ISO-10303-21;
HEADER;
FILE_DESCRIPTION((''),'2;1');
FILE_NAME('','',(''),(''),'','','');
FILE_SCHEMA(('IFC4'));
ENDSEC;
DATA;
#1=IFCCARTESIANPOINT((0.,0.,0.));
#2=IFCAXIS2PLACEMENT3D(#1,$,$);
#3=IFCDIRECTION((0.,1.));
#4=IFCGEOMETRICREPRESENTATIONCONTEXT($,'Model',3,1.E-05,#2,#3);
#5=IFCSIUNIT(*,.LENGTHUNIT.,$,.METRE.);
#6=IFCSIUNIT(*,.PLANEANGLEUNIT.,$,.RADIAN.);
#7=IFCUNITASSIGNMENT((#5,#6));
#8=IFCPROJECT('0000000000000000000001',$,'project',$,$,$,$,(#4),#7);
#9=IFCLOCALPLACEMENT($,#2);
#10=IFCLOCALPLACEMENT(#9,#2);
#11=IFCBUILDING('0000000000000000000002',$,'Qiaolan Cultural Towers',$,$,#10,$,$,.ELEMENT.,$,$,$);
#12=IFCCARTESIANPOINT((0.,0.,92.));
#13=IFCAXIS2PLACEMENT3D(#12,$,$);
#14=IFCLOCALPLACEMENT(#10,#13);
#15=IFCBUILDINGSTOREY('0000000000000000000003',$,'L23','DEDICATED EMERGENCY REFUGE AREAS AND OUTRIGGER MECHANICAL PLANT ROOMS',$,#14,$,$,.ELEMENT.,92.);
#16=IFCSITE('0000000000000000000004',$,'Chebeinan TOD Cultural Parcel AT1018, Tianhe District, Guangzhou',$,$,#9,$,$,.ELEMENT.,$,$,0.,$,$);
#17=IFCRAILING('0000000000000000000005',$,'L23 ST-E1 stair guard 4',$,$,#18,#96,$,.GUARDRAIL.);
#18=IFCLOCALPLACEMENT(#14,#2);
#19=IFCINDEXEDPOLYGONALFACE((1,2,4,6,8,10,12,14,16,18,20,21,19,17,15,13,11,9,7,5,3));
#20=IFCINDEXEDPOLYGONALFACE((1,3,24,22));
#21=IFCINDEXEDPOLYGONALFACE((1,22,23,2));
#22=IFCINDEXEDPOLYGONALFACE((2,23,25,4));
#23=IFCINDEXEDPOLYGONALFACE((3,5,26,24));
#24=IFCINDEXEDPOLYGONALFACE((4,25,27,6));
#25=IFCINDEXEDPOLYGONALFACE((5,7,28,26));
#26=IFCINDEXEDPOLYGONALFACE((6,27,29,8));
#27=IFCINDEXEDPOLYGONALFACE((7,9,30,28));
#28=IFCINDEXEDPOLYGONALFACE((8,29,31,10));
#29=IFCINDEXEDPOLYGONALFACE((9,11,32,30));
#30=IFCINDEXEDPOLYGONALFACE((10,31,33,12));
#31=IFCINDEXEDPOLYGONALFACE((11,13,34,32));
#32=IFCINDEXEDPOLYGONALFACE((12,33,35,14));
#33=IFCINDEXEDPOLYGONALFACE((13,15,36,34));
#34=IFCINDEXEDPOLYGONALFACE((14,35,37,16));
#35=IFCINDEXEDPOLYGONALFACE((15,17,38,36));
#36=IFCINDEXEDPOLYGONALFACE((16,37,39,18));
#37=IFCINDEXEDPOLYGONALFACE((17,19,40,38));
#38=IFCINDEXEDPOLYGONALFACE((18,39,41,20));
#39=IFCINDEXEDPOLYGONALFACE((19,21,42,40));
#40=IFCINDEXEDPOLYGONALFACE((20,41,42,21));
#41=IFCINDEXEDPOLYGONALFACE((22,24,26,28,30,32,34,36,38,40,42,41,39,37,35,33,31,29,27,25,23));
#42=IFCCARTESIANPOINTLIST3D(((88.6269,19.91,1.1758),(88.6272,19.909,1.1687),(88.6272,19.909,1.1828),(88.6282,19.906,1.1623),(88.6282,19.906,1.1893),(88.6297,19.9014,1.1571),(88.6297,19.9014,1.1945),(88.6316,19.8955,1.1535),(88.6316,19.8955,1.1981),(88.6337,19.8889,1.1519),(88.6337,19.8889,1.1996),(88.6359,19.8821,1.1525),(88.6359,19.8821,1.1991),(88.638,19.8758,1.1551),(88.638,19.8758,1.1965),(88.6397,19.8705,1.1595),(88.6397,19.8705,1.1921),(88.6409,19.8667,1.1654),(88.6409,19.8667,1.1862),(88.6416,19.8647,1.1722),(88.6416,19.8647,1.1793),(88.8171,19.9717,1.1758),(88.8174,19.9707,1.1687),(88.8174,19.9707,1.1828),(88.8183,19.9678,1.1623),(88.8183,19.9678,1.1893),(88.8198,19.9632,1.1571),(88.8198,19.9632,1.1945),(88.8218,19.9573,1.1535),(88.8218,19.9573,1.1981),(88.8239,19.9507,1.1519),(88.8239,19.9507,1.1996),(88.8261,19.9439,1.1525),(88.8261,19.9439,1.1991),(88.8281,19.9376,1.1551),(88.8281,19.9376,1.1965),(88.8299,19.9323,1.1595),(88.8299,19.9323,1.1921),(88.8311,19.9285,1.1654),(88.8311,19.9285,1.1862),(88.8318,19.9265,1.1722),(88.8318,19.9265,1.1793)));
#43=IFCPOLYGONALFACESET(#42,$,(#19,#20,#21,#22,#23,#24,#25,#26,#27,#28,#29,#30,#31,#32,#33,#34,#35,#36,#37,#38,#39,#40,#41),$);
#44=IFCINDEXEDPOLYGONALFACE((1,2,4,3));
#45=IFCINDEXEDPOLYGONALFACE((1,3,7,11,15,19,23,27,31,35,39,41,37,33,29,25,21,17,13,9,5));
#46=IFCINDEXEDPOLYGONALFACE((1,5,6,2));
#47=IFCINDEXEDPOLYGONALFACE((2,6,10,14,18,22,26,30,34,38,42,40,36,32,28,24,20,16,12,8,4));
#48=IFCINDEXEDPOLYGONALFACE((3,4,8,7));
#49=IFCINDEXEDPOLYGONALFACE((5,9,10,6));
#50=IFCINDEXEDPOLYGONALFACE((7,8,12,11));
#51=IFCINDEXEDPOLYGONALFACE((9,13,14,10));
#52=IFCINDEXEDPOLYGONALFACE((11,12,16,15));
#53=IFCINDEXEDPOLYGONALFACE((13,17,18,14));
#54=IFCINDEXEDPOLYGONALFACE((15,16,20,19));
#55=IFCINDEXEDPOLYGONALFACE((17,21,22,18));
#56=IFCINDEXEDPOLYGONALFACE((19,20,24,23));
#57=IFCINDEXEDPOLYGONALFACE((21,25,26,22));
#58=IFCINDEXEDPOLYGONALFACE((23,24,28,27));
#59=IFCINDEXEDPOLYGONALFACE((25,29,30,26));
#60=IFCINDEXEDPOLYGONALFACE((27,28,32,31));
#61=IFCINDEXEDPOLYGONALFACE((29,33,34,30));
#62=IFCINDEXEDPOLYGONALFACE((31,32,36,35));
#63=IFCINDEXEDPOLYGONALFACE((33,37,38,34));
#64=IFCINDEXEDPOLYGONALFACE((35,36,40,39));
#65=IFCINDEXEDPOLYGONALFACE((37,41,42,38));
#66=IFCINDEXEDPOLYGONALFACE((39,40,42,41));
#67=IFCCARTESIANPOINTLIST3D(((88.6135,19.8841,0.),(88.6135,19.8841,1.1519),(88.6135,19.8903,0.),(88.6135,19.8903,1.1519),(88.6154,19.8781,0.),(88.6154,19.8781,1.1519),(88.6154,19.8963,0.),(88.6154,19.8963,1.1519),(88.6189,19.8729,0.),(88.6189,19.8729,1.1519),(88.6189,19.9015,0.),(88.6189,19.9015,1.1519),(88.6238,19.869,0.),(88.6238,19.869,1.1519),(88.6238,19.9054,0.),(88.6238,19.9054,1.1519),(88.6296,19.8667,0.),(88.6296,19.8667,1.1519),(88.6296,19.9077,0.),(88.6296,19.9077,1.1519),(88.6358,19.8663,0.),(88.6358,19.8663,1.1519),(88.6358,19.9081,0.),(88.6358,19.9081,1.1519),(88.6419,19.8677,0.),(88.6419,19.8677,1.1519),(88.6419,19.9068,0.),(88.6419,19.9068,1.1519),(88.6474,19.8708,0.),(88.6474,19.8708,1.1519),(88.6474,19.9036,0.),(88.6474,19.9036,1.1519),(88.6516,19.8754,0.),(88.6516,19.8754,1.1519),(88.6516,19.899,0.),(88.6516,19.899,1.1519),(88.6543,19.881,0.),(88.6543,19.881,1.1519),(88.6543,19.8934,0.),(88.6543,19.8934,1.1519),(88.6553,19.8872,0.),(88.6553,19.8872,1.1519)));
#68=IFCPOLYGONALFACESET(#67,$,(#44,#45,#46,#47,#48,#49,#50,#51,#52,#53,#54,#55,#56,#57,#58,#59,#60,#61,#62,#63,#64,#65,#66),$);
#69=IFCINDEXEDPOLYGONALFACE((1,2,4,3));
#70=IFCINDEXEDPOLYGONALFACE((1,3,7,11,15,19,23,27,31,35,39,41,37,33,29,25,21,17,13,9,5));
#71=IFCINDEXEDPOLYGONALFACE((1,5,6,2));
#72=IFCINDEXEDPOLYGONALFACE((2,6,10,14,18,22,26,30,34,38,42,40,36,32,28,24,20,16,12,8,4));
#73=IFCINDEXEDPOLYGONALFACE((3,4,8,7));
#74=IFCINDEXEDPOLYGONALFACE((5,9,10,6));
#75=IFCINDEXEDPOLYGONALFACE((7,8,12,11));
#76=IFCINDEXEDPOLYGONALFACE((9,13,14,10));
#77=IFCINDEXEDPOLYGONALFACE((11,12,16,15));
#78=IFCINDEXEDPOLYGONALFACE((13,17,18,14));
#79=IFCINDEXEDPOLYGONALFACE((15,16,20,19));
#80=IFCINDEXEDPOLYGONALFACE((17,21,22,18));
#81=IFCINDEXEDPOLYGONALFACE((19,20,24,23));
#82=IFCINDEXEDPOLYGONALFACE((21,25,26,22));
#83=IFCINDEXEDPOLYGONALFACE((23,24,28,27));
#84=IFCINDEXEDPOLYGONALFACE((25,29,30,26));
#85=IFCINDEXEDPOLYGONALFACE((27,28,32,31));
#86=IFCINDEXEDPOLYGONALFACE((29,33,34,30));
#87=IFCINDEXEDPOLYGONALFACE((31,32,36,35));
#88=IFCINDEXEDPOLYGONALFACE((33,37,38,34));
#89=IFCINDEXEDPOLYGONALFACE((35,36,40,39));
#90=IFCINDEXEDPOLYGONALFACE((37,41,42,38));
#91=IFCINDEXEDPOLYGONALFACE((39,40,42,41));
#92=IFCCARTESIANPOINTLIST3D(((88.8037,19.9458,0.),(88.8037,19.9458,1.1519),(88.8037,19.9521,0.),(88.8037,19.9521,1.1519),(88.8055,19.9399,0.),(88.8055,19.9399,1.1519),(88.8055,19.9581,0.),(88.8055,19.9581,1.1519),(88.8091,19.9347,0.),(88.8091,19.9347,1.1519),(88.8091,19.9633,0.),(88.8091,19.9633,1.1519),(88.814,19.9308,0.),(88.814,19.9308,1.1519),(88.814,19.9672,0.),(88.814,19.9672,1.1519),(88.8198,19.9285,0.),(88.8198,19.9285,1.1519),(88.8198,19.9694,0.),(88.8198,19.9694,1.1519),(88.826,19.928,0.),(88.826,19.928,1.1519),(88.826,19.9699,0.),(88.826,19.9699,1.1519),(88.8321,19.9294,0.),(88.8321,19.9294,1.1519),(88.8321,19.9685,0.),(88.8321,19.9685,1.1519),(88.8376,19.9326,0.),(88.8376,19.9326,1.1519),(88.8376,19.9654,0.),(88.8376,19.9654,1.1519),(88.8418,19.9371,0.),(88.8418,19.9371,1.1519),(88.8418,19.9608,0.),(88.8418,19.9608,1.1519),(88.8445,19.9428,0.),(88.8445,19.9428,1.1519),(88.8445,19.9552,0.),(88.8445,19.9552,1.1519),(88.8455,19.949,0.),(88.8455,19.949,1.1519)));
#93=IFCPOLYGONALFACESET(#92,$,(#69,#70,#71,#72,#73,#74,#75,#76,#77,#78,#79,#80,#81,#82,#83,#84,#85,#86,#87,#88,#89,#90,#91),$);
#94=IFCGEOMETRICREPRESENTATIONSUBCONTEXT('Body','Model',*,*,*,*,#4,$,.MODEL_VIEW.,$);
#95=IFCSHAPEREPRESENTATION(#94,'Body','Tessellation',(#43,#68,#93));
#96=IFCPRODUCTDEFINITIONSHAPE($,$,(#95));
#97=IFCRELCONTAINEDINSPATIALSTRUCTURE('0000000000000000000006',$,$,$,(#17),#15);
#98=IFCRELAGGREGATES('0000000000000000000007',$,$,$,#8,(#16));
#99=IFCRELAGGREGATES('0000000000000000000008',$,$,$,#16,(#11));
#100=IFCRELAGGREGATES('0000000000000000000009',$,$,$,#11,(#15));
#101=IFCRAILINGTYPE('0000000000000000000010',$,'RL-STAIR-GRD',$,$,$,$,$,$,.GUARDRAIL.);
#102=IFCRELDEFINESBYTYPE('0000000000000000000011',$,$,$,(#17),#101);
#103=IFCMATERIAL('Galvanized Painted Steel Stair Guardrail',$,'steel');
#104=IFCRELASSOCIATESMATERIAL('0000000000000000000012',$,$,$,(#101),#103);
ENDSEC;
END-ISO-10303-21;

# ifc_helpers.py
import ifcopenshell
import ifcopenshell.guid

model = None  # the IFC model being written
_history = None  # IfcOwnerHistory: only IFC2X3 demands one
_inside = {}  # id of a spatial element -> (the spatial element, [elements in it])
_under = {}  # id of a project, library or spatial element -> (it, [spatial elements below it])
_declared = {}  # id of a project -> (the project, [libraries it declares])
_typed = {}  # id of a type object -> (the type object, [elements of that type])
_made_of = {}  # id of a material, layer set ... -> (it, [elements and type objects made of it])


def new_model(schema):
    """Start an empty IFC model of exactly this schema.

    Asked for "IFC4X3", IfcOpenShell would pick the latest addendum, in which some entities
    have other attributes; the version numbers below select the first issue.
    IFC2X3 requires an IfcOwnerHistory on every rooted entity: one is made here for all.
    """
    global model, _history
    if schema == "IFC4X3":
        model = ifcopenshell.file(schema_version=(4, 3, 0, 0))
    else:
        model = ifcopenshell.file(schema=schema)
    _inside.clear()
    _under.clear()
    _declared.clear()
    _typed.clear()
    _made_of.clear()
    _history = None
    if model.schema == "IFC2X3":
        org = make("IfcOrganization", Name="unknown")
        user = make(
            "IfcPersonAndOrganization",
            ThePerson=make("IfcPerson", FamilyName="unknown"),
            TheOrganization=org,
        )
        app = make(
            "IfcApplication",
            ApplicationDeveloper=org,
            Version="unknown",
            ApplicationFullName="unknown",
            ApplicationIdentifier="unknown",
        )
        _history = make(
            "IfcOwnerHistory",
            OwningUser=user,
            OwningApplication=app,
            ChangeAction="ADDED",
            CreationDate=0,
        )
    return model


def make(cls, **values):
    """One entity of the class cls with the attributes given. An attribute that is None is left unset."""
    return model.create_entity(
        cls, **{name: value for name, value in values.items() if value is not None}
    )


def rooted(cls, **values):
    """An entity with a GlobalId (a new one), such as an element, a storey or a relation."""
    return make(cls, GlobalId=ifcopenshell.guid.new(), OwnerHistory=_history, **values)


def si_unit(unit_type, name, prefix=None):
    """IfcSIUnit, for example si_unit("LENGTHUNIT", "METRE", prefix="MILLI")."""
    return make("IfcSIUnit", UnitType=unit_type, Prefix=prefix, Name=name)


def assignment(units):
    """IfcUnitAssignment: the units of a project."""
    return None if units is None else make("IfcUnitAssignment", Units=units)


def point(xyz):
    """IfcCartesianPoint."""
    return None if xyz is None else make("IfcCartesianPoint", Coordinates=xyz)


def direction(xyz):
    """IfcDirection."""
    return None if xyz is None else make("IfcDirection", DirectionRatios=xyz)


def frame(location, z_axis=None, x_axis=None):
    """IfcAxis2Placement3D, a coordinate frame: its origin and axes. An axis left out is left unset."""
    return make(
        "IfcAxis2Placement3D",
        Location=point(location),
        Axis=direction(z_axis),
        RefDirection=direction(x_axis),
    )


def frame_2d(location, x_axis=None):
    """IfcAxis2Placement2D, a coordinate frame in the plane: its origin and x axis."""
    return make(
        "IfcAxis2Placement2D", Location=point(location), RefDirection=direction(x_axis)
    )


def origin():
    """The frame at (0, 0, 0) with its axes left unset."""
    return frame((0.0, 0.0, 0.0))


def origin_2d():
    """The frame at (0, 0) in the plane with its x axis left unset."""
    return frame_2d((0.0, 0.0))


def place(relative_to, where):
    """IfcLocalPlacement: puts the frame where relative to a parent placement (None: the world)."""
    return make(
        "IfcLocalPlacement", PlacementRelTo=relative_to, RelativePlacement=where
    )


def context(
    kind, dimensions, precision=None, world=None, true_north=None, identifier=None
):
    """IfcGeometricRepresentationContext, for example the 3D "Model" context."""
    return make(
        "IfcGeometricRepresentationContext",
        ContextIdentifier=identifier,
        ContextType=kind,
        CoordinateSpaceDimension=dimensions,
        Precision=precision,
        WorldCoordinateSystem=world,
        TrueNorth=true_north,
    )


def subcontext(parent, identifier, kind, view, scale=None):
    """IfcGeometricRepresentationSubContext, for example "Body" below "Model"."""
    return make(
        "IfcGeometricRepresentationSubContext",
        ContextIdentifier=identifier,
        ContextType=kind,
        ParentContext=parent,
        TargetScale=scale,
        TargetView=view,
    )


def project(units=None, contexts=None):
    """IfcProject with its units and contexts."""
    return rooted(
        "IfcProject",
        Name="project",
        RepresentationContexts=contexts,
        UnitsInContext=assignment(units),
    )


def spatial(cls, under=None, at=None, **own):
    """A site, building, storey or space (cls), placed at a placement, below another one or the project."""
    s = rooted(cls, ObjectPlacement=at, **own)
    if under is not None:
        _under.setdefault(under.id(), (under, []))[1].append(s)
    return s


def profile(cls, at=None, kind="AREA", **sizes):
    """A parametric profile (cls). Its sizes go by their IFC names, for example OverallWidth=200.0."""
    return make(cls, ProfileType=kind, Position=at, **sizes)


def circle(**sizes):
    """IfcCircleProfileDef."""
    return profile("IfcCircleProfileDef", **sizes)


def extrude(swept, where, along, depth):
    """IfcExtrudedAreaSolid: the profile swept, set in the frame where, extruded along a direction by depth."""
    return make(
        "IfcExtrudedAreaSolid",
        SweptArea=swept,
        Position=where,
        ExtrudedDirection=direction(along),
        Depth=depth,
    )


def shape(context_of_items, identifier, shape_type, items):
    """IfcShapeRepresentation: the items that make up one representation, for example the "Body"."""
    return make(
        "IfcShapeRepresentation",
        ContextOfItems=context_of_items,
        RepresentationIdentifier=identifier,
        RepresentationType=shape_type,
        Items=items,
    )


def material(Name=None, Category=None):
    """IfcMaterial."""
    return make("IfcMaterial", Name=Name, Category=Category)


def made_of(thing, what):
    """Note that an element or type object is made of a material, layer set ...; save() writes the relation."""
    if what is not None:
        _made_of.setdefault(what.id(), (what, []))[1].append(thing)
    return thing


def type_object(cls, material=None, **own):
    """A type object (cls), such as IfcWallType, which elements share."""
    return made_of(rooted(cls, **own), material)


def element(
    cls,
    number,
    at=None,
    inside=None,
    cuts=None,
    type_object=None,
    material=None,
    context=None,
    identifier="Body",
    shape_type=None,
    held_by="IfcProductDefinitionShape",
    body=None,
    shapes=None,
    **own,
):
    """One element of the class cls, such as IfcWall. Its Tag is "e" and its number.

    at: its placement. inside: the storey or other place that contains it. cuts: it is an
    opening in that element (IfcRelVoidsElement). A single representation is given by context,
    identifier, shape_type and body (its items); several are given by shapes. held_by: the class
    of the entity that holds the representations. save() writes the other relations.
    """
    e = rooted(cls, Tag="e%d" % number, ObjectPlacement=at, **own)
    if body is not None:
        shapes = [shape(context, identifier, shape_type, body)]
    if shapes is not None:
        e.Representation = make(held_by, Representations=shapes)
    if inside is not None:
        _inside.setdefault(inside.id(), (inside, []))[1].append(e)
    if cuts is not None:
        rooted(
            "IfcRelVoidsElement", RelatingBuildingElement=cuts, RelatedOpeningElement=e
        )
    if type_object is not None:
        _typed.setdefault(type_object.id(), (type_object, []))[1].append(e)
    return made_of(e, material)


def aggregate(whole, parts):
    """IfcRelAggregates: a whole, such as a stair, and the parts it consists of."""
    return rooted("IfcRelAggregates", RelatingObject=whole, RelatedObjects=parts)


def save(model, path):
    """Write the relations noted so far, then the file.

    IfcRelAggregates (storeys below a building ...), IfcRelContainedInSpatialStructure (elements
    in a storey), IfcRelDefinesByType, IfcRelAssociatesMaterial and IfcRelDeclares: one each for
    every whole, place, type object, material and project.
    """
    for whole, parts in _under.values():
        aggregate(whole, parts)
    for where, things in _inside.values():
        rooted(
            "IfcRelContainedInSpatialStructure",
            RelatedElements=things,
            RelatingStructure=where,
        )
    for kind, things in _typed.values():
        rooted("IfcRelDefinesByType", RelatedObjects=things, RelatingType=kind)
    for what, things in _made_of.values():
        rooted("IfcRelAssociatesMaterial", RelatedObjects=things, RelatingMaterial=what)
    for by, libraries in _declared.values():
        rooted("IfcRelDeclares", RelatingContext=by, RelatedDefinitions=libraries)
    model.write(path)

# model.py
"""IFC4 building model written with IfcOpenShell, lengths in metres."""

from ifc_helpers import new_model, si_unit, direction, frame, origin, origin_2d, place, context, subcontext, project, spatial, circle, extrude, material, type_object, element, save


model = new_model("IFC4")

# Units and contexts
model_context = context("Model", 3, precision=1e-05, world=origin(), true_north=direction((0.0, 1.0)))
body_context = subcontext(model_context, "Body", "Model", "MODEL_VIEW")
ifc_project = project(units=[si_unit("LENGTHUNIT", "METRE"), si_unit("PLANEANGLEUNIT", "RADIAN")], contexts=[model_context])

# Site, building, storey
site_placement = place(None, origin())
site = spatial("IfcSite", under=ifc_project, at=site_placement, Name="Chebeinan TOD Cultural Parcel AT1018, Tianhe District, Guangzhou", CompositionType="ELEMENT", RefElevation=0.0)
building_placement = place(site_placement, origin())
building = spatial("IfcBuilding", under=site, at=building_placement, Name="Qiaolan Cultural Towers", CompositionType="ELEMENT")
storey_placement = place(building_placement, frame((0.0, 0.0, 92.0)))
storey = spatial("IfcBuildingStorey", under=building, at=storey_placement, Name="L23", Description="DEDICATED EMERGENCY REFUGE AREAS AND OUTRIGGER MECHANICAL PLANT ROOMS", CompositionType="ELEMENT", Elevation=92.0)

# Railing
ifc_material_1 = material(Name="Galvanized Painted Steel Stair Guardrail", Category="steel")
railing_type = type_object("IfcRailingType", Name="RL-STAIR-GRD", PredefinedType="GUARDRAIL", material=ifc_material_1)
railing_1_placement = place(storey_placement, frame((88.6343, 19.8872, 0.0)))
element("IfcRailing", 1, at=railing_1_placement, inside=storey, type_object=railing_type, Name="L23 ST-E1 stair guard 4", PredefinedType="GUARDRAIL", context=body_context, shape_type="SweptSolid", body=[
    extrude(circle(Radius=0.0239, at=origin_2d()), frame((0.0, 0.0, 1.1758), z_axis=(0.951097, 0.308893, 0.0), x_axis=(-0.308893, 0.951097, 0.0)), (0.0, 0.0, 1.0), 0.2),
    extrude(circle(Radius=0.021, at=origin_2d()), origin(), (0.0, 0.0, 1.0), 1.1519),
    extrude(circle(Radius=0.021, at=origin_2d()), frame((0.1902, 0.0618, 0.0)), (0.0, 0.0, 1.0), 1.1519),
])

save(model, "model.ifc")
